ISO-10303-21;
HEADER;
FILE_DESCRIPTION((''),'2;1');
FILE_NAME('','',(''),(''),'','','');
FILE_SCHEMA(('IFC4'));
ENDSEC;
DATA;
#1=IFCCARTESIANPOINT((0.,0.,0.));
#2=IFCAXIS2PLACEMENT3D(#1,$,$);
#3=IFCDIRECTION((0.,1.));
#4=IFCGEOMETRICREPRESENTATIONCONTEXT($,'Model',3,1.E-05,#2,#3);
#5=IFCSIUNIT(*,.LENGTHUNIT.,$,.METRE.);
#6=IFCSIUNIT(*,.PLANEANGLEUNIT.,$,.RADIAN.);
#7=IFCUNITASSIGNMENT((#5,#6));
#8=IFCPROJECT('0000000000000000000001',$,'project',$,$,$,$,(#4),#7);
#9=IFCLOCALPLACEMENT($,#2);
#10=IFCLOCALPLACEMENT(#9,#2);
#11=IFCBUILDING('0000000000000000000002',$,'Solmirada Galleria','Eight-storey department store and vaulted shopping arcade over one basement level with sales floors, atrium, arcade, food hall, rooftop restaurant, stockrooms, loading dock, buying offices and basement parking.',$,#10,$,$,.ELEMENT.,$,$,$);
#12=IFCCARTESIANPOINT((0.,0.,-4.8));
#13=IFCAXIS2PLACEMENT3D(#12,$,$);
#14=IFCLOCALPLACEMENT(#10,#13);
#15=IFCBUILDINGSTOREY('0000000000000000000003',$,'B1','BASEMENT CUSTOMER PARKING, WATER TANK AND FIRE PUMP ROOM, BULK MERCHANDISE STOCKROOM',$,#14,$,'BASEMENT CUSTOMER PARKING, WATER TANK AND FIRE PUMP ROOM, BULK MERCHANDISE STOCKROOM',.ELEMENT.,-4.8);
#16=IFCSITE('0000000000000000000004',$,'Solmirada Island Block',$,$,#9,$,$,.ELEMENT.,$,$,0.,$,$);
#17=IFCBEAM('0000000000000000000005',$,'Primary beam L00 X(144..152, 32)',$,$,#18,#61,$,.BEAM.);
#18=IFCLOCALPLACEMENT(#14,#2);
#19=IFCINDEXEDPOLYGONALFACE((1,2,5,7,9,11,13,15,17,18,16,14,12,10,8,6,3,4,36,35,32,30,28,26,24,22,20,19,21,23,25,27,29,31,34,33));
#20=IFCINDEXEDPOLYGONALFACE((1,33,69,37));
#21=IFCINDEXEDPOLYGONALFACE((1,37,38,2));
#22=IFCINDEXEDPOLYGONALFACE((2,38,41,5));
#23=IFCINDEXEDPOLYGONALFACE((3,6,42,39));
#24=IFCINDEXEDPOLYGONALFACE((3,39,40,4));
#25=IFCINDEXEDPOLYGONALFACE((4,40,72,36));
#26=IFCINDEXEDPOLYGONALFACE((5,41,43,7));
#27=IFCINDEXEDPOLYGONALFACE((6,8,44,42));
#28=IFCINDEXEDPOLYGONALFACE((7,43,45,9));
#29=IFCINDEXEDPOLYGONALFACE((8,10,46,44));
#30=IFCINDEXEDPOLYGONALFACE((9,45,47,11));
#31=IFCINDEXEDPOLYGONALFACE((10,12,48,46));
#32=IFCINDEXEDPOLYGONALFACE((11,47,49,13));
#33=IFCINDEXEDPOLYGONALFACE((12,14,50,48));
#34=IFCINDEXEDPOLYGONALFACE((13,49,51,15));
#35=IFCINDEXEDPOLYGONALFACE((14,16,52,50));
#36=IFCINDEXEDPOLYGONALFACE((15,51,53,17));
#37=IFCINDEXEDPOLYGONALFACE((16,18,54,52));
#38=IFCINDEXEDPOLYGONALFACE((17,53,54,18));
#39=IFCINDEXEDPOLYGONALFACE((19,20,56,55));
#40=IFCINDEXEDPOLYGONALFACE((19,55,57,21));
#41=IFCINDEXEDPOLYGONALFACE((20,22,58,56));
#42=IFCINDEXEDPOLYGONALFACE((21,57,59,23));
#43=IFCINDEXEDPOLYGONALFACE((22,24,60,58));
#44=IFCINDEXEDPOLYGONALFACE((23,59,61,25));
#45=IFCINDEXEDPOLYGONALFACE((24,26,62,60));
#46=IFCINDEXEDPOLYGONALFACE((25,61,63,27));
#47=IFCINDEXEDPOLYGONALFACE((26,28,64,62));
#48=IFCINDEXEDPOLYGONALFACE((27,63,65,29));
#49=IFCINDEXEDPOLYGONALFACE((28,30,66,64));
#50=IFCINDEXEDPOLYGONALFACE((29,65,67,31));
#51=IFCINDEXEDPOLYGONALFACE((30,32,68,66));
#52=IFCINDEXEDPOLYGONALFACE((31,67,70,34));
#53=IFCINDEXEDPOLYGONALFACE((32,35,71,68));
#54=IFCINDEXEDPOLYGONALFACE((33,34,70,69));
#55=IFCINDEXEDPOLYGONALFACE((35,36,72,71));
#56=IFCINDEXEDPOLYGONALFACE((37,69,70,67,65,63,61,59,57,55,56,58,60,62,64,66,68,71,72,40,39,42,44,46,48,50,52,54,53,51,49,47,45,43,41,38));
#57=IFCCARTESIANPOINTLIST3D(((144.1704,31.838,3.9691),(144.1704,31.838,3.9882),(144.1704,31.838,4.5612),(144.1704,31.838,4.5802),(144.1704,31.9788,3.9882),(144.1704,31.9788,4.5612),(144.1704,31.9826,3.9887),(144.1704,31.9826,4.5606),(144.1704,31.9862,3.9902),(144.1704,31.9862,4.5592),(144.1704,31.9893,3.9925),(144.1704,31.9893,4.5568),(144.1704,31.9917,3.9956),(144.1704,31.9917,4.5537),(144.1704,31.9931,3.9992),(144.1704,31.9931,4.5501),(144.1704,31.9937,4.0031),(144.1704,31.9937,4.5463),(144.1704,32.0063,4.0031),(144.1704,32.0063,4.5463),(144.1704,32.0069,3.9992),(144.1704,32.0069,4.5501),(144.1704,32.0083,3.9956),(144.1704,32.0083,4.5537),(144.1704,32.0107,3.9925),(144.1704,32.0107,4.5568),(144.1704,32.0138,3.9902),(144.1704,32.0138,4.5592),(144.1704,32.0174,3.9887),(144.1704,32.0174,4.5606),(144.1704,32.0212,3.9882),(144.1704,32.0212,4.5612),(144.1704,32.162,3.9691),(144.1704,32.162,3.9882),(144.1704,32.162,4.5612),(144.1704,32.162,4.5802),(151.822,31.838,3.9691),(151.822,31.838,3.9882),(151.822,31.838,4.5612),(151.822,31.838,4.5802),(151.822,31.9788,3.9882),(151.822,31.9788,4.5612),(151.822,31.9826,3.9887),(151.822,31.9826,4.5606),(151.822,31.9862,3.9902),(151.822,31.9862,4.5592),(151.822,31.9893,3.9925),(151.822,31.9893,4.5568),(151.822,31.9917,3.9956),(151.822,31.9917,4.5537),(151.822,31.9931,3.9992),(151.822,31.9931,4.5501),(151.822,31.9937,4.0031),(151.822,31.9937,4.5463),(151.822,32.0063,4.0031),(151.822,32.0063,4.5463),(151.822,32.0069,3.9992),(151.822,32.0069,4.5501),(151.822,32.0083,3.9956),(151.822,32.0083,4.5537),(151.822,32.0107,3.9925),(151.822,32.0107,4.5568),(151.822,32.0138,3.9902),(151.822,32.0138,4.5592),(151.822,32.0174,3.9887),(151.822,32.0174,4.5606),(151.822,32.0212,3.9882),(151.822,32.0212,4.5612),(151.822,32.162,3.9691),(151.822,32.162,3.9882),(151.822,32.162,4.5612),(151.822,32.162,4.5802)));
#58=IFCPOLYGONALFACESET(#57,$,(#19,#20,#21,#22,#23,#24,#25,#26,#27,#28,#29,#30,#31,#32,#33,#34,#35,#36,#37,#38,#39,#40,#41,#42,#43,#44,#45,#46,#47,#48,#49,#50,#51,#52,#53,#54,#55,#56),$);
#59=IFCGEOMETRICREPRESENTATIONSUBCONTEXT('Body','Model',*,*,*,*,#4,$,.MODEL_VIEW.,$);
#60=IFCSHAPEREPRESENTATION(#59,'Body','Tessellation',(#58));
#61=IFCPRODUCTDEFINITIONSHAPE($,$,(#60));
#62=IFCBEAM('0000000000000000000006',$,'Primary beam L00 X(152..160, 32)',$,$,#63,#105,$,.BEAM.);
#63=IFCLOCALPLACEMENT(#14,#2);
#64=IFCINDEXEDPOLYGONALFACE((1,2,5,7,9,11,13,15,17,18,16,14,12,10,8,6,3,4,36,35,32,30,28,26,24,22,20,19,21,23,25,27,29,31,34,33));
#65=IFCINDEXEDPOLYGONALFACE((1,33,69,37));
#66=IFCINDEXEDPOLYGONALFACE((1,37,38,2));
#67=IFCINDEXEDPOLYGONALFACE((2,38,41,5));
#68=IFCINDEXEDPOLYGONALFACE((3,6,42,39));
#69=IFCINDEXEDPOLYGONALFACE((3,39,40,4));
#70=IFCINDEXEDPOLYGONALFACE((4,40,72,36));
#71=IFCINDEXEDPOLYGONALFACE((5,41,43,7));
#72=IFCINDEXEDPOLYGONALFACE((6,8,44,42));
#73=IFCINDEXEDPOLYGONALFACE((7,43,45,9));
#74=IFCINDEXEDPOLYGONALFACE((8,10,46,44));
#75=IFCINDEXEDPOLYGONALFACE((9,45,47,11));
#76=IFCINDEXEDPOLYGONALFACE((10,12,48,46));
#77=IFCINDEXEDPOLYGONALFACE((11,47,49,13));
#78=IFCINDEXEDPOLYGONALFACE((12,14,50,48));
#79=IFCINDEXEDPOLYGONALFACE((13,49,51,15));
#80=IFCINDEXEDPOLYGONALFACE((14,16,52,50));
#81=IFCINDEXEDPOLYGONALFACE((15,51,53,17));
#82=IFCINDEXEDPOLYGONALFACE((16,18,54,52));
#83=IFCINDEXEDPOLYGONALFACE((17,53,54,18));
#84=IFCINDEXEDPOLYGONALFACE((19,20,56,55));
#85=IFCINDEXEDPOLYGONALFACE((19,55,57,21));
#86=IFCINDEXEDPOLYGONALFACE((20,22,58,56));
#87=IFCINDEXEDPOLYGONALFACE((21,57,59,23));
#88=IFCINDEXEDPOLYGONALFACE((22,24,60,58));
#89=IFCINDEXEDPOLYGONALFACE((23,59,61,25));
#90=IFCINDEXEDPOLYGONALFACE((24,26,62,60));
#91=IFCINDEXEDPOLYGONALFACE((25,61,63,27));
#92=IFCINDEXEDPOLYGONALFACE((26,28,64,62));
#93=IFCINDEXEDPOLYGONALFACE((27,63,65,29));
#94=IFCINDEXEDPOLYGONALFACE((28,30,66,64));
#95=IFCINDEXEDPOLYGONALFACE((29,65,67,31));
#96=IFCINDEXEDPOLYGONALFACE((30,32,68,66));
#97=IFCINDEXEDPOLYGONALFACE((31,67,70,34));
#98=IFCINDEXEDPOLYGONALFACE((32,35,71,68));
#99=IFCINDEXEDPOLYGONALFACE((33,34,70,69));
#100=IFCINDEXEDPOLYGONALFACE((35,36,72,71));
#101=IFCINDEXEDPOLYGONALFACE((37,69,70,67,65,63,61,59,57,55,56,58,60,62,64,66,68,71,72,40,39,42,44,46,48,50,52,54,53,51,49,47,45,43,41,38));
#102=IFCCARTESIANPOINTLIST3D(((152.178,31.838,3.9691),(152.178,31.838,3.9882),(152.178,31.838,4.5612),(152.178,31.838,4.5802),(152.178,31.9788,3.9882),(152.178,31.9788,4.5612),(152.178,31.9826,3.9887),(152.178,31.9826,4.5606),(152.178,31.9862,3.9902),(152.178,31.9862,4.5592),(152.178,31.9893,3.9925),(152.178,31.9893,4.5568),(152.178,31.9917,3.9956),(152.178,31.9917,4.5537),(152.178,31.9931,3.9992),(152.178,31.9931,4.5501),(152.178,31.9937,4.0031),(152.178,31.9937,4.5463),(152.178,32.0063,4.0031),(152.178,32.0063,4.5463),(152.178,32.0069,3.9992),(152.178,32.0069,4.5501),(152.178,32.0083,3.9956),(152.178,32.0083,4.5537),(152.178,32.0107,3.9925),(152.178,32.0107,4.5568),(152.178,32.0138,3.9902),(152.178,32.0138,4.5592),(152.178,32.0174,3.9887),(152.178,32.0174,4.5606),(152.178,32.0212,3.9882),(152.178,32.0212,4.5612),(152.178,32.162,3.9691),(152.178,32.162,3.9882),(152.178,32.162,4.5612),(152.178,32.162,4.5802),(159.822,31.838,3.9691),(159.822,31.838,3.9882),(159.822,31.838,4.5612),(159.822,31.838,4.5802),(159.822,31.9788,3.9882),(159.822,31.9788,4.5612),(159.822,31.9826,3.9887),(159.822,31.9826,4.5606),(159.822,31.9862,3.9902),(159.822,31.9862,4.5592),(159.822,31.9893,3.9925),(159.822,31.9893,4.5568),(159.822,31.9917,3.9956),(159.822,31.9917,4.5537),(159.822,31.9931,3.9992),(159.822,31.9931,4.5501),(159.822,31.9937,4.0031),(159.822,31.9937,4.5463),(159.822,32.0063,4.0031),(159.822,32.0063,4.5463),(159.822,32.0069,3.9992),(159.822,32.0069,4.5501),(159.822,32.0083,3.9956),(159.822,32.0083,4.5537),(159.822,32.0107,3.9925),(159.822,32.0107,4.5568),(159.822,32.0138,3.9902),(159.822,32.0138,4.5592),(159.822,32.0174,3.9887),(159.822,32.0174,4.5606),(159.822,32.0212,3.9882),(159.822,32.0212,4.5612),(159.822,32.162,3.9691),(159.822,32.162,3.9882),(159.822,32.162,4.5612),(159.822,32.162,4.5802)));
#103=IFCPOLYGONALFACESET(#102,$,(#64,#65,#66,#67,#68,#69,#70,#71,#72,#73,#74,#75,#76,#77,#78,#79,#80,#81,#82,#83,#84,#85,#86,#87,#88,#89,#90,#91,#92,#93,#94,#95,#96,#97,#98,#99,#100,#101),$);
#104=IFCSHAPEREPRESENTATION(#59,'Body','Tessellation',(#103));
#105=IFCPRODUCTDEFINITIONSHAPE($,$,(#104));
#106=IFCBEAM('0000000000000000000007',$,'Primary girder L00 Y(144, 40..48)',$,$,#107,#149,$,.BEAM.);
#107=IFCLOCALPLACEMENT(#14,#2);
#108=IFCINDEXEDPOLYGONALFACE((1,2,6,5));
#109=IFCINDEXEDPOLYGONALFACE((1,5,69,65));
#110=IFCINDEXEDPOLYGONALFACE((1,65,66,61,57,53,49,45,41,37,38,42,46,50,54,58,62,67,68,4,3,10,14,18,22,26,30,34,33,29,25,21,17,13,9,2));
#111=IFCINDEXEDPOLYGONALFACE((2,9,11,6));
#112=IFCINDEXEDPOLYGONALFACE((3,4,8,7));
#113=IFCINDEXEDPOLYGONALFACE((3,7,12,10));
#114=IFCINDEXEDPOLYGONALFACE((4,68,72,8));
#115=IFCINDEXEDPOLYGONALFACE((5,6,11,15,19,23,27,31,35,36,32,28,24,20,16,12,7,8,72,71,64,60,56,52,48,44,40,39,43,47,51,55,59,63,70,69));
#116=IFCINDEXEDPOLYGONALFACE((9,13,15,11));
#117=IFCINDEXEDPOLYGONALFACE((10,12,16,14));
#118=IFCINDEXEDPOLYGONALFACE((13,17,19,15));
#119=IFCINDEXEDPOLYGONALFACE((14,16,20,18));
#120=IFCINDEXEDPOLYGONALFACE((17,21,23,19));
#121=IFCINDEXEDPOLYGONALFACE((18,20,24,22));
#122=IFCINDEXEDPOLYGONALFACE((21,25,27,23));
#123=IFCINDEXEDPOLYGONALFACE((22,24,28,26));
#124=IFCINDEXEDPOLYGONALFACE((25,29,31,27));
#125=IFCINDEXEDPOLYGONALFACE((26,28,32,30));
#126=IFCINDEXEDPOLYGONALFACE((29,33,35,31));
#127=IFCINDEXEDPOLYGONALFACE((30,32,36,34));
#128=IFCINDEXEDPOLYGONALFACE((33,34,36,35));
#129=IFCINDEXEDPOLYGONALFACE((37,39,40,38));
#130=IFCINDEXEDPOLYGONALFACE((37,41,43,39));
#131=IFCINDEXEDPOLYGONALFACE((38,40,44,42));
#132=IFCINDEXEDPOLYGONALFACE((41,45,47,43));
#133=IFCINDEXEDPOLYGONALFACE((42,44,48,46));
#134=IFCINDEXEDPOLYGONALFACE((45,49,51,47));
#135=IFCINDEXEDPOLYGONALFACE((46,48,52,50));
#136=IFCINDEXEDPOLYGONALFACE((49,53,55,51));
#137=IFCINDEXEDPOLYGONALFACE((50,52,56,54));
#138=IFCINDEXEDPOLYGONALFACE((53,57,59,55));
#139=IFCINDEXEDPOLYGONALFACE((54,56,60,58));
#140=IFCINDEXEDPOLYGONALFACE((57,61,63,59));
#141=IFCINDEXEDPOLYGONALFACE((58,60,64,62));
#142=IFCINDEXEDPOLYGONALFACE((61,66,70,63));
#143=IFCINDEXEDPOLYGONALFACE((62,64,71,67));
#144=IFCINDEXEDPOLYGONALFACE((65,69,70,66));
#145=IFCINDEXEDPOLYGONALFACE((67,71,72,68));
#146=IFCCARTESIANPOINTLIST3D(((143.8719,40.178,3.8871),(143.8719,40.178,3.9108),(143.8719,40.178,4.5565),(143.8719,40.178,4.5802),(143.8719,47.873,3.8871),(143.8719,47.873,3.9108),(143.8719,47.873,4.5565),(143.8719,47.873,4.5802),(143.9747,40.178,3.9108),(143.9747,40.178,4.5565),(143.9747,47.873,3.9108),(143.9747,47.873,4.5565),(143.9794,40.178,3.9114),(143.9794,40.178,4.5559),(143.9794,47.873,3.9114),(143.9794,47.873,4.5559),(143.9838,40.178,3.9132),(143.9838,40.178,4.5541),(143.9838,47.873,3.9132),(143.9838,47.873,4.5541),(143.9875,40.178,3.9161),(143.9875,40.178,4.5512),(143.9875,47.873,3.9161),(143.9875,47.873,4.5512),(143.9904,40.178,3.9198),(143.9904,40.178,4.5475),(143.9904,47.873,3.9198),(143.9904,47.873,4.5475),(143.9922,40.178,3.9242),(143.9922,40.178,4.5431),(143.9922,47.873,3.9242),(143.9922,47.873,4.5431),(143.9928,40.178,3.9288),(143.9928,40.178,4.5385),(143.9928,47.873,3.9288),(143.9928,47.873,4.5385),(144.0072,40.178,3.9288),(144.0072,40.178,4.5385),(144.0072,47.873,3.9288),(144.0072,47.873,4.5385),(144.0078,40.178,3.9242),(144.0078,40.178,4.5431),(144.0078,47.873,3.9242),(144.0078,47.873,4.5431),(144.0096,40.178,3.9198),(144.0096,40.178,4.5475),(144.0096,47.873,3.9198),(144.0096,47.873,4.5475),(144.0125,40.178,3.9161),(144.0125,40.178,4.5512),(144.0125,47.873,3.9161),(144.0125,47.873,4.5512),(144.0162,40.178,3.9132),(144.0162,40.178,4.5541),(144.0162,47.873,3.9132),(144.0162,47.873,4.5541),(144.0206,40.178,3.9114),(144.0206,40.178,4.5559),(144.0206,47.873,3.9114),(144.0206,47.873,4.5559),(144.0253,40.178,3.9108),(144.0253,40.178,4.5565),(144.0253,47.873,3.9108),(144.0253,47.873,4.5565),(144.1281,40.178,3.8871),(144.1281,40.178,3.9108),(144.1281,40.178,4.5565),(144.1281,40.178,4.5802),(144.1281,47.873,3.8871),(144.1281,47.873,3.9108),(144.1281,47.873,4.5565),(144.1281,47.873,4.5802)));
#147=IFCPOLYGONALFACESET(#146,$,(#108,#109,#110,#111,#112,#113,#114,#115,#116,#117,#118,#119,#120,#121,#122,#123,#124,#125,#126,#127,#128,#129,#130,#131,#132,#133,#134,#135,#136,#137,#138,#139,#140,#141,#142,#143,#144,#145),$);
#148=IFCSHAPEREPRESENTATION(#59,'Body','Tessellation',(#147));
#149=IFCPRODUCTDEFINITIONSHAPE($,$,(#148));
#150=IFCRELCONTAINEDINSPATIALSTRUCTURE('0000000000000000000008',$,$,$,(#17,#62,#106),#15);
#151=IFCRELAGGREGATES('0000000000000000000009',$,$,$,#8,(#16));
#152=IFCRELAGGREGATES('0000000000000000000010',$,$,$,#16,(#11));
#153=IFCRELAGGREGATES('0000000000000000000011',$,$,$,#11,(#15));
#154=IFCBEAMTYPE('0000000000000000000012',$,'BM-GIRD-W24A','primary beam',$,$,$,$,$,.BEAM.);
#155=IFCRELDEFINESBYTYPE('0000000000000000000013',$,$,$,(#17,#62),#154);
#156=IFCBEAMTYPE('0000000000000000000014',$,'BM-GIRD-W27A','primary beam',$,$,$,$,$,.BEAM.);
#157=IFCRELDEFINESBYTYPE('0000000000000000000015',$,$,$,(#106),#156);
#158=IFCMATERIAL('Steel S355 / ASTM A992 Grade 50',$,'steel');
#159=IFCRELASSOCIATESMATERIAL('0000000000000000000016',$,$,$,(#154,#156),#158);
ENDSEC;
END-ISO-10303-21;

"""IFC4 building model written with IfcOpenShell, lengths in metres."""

from ifc_helpers import new_model, si_unit, direction, frame, origin, origin_2d, place, context, subcontext, project, spatial, i_section, extrude, material, material_profile, profile_set, type_object, element, save


model = new_model("IFC4")

# Units and contexts
model_context = context("Model", 3, precision=1e-05, world=origin(), true_north=direction((0.0, 1.0)))
body_context = subcontext(model_context, "Body", "Model", "MODEL_VIEW")
ifc_project = project(units=[si_unit("LENGTHUNIT", "METRE"), si_unit("PLANEANGLEUNIT", "RADIAN")], contexts=[model_context])

# Site, building, storey
site_placement = place(None, origin())
site = spatial("IfcSite", under=ifc_project, at=site_placement, Name="Solmirada Island Block", CompositionType="ELEMENT", RefElevation=0.0)
building_placement = place(site_placement, origin())
building = spatial("IfcBuilding", under=site, at=building_placement, Name="Solmirada Galleria", Description="Eight-storey department store and vaulted shopping arcade over one basement level with sales floors, atrium, arcade, food hall, rooftop restaurant, stockrooms, loading dock, buying offices and basement parking.", CompositionType="ELEMENT")
storey_placement = place(building_placement, frame((0.0, 0.0, -4.8)))
storey = spatial("IfcBuildingStorey", under=building, at=storey_placement, Name="B1", Description="BASEMENT CUSTOMER PARKING, WATER TANK AND FIRE PUMP ROOM, BULK MERCHANDISE STOCKROOM", LongName="BASEMENT CUSTOMER PARKING, WATER TANK AND FIRE PUMP ROOM, BULK MERCHANDISE STOCKROOM", CompositionType="ELEMENT", Elevation=-4.8)

# Beams
ifc_material_1 = material(Name="Steel S355 / ASTM A992 Grade 50", Category="steel")
ifc_material_profile_1 = material_profile(ifc_material_1, i_section(OverallWidth=0.324, OverallDepth=0.6111, WebThickness=0.0127, FlangeThickness=0.019, FilletRadius=0.0149, at=origin_2d()), Name="W24X104")
ifc_profile_set_1 = profile_set([ifc_material_profile_1], Name="Steel S355 / ASTM A992 Grade 50")
beam_type_1 = type_object("IfcBeamType", Name="BM-GIRD-W24A", Description="primary beam", PredefinedType="BEAM", material=ifc_profile_set_1)
beam_1_placement = place(storey_placement, frame((144.1704, 32.0, 4.2747), z_axis=(1.0, 0.0, 0.0), x_axis=(0.0, 1.0, 0.0)))
element("IfcBeam", 1, at=beam_1_placement, inside=storey, type_object=beam_type_1, Name="Primary beam L00 X(144..152, 32)", PredefinedType="BEAM", context=body_context, shape_type="SweptSolid", body=[
    extrude(i_section(OverallWidth=0.324, OverallDepth=0.6111, WebThickness=0.0127, FlangeThickness=0.019, FilletRadius=0.0149, at=origin_2d()), origin(), (0.0, 0.0, 1.0), 7.6516),
])
beam_2_placement = place(storey_placement, frame((152.178, 32.0, 4.2747), z_axis=(1.0, 0.0, 0.0), x_axis=(0.0, 1.0, 0.0)))
element("IfcBeam", 2, at=beam_2_placement, inside=storey, type_object=beam_type_1, Name="Primary beam L00 X(152..160, 32)", PredefinedType="BEAM", context=body_context, shape_type="SweptSolid", body=[
    extrude(i_section(OverallWidth=0.324, OverallDepth=0.6111, WebThickness=0.0127, FlangeThickness=0.019, FilletRadius=0.0149, at=origin_2d()), origin(), (0.0, 0.0, 1.0), 7.644),
])
ifc_material_profile_2 = material_profile(ifc_material_1, i_section(OverallWidth=0.2561, OverallDepth=0.6931, WebThickness=0.0144, FlangeThickness=0.0237, FilletRadius=0.0181, at=origin_2d()), Name="W27X114")
ifc_profile_set_2 = profile_set([ifc_material_profile_2], Name="Steel S355 / ASTM A992 Grade 50")
beam_type_2 = type_object("IfcBeamType", Name="BM-GIRD-W27A", Description="primary beam", PredefinedType="BEAM", material=ifc_profile_set_2)
beam_3_placement = place(storey_placement, frame((144.0, 40.178, 4.2336), z_axis=(0.0, 1.0, 0.0), x_axis=(-1.0, 0.0, 0.0)))
element("IfcBeam", 3, at=beam_3_placement, inside=storey, type_object=beam_type_2, Name="Primary girder L00 Y(144, 40..48)", PredefinedType="BEAM", context=body_context, shape_type="SweptSolid", body=[
    extrude(i_section(OverallWidth=0.2561, OverallDepth=0.6931, WebThickness=0.0144, FlangeThickness=0.0237, FilletRadius=0.0181, at=origin_2d()), origin(), (0.0, 0.0, 1.0), 7.6951),
])

save(model, "model.ifc")
